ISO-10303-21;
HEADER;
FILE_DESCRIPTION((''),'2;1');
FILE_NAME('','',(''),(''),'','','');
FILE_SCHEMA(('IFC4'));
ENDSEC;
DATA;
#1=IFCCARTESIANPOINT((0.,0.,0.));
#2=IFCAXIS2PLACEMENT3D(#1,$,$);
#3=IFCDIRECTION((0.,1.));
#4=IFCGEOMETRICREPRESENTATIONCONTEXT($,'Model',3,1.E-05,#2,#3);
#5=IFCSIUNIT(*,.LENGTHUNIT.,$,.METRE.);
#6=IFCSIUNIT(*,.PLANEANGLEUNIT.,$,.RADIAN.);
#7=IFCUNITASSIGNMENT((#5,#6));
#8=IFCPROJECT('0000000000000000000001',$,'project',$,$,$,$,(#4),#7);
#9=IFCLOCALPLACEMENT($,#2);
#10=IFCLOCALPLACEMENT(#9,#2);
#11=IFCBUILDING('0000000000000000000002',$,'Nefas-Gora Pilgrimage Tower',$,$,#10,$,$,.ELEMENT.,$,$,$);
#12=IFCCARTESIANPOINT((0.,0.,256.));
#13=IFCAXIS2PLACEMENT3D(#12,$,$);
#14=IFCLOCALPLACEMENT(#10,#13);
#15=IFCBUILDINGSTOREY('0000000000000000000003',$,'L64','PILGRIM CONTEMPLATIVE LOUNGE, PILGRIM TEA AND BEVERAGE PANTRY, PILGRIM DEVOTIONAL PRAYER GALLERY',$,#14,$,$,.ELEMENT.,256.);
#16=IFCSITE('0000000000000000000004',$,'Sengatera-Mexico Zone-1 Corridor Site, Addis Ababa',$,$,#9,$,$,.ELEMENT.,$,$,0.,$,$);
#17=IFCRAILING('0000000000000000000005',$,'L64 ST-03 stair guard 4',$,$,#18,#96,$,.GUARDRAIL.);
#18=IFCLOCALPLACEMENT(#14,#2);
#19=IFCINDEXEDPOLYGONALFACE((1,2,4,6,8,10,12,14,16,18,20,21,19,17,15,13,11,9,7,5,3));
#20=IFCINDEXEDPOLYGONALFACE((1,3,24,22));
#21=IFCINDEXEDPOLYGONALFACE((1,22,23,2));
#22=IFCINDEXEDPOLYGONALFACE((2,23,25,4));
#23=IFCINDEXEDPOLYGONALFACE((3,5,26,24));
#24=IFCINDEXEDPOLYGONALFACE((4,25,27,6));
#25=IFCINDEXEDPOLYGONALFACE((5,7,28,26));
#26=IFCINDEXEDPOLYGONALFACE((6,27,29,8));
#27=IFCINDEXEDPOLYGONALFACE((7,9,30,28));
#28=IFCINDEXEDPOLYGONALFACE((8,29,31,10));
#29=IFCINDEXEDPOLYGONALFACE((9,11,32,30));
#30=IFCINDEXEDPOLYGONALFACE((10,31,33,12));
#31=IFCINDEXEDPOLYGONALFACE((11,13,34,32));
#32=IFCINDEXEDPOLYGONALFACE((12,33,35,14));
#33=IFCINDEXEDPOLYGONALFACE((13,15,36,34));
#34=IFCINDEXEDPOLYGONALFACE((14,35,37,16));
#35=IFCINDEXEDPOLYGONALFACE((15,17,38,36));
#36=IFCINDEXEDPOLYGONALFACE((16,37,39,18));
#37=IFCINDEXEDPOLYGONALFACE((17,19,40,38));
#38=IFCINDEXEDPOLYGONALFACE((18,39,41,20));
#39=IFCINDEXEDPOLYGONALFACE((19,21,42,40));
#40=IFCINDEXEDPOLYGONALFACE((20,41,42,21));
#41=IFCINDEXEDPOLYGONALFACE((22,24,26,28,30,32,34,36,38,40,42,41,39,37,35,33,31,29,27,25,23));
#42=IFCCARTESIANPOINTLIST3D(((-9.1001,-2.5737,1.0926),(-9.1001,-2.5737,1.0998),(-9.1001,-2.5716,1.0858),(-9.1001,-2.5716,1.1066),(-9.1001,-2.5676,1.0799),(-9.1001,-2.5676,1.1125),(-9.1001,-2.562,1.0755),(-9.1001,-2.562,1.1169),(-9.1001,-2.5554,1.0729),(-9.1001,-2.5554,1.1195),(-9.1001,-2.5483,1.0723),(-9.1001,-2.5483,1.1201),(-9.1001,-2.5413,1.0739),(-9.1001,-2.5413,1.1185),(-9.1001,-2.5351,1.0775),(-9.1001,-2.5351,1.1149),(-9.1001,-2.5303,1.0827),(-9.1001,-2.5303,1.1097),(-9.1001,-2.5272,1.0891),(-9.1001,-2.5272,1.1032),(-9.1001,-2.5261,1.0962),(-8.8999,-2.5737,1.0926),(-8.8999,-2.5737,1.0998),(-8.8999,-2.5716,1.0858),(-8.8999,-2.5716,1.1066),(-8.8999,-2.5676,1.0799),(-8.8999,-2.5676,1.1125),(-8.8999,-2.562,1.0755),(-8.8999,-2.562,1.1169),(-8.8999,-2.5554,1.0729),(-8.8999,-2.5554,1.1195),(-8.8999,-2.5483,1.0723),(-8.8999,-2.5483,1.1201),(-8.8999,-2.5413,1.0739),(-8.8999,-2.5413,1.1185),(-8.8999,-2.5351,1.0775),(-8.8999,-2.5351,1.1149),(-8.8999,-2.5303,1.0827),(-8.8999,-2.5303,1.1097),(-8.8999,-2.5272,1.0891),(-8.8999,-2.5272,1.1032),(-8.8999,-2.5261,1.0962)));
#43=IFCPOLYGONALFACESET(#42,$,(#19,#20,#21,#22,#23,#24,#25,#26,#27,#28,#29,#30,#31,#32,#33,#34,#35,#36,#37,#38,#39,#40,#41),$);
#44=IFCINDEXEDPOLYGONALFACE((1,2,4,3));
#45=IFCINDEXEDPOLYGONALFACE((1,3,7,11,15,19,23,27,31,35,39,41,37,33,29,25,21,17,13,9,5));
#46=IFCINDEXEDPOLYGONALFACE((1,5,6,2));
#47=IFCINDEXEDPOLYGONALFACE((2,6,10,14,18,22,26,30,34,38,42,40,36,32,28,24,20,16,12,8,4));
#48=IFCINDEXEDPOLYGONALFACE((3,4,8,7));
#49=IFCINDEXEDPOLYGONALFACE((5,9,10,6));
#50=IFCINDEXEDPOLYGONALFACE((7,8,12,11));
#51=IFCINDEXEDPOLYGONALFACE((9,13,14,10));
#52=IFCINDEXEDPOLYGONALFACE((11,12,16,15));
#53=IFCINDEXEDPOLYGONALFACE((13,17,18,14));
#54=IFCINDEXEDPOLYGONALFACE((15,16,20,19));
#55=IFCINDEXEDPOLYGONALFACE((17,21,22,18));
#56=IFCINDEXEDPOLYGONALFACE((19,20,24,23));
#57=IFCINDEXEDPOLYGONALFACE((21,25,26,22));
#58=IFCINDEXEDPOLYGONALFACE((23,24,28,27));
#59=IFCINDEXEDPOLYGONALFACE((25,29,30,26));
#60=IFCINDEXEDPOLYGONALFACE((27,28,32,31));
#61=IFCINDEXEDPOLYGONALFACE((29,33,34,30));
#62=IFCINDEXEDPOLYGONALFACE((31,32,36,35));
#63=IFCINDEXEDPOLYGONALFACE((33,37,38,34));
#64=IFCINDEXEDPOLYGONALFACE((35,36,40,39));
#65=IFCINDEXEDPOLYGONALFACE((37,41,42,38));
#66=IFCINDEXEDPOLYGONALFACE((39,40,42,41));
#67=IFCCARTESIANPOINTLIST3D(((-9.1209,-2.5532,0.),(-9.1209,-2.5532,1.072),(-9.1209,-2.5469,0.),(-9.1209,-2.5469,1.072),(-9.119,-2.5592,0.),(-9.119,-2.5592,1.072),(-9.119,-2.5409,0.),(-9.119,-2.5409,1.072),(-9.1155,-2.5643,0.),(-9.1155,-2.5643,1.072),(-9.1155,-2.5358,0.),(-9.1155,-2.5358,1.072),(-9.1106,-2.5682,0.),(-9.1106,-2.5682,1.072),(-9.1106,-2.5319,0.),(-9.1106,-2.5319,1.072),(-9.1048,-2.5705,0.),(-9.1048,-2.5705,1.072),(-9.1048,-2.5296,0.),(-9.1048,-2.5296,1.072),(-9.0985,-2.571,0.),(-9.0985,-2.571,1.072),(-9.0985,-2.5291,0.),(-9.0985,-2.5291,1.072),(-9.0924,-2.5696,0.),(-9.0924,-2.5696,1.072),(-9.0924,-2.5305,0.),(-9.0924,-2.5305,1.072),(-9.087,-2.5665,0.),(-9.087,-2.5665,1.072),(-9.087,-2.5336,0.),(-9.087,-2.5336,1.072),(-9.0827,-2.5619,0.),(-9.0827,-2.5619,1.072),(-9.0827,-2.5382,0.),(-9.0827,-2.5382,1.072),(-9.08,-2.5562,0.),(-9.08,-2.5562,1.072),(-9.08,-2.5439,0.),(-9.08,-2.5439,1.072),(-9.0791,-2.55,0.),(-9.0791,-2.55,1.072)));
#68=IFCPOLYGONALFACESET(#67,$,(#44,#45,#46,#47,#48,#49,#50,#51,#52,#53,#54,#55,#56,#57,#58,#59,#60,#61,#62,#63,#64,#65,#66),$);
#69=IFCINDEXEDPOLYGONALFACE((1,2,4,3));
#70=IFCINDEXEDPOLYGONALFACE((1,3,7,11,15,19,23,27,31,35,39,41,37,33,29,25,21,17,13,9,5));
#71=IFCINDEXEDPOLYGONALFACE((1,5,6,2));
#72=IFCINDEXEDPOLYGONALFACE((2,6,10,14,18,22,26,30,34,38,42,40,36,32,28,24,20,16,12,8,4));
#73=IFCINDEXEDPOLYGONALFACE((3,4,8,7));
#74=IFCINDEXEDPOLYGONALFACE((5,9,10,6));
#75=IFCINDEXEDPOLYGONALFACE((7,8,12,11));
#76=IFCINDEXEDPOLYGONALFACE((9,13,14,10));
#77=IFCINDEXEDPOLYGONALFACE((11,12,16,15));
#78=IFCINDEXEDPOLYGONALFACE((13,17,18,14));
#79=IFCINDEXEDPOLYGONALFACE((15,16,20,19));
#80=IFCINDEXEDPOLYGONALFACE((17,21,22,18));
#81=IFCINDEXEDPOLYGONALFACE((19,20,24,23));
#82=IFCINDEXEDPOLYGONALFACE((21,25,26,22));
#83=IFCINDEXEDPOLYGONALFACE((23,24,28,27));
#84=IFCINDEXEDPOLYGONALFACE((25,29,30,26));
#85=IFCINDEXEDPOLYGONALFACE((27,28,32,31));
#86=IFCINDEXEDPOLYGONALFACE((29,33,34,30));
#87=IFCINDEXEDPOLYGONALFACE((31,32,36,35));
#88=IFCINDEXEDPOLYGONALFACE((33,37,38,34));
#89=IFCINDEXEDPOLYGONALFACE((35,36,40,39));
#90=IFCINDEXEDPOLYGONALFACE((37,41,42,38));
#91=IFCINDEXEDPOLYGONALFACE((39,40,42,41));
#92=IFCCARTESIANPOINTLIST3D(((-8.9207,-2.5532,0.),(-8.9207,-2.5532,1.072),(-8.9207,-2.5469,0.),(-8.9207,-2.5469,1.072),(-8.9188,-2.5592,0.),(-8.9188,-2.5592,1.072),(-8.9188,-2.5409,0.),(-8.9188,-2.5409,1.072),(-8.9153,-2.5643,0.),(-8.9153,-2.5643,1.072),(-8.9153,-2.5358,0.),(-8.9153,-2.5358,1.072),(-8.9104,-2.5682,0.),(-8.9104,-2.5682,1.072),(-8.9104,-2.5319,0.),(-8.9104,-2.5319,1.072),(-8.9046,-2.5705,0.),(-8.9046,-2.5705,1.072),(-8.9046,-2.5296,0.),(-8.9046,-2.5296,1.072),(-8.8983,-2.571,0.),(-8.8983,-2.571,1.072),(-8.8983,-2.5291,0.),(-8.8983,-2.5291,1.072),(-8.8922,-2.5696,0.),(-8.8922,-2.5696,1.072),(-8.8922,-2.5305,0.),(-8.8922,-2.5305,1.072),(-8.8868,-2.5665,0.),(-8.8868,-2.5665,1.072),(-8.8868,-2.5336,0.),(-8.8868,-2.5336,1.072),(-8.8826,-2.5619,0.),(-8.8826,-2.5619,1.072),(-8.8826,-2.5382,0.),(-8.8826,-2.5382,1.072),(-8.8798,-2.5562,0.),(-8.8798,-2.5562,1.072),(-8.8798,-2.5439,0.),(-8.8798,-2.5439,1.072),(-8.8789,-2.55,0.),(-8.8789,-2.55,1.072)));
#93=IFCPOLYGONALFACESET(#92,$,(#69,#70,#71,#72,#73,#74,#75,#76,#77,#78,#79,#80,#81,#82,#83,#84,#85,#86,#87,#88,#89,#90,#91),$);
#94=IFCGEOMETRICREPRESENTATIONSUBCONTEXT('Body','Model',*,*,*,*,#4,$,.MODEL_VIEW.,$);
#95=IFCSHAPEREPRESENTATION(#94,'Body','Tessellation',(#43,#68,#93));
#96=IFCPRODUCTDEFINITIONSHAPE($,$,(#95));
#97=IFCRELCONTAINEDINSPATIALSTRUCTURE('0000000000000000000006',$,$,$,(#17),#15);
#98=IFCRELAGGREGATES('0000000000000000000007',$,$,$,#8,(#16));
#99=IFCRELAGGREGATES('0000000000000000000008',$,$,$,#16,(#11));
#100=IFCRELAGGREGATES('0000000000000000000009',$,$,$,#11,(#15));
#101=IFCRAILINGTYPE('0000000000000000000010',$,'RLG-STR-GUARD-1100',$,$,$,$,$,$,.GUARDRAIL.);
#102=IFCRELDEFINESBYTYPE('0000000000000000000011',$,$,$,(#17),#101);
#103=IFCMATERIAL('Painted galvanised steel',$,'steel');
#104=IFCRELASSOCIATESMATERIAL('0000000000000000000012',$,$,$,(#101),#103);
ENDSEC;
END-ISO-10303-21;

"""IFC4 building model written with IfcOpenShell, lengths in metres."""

from ifc_helpers import new_model, si_unit, direction, frame, origin, origin_2d, place, context, subcontext, project, spatial, circle, extrude, material, type_object, element, save


model = new_model("IFC4")

# Units and contexts
model_context = context("Model", 3, precision=1e-05, world=origin(), true_north=direction((0.0, 1.0)))
body_context = subcontext(model_context, "Body", "Model", "MODEL_VIEW")
ifc_project = project(units=[si_unit("LENGTHUNIT", "METRE"), si_unit("PLANEANGLEUNIT", "RADIAN")], contexts=[model_context])

# Site, building, storey
site_placement = place(None, origin())
site = spatial("IfcSite", under=ifc_project, at=site_placement, Name="Sengatera-Mexico Zone-1 Corridor Site, Addis Ababa", CompositionType="ELEMENT", RefElevation=0.0)
building_placement = place(site_placement, origin())
building = spatial("IfcBuilding", under=site, at=building_placement, Name="Nefas-Gora Pilgrimage Tower", CompositionType="ELEMENT")
storey_placement = place(building_placement, frame((0.0, 0.0, 256.0)))
storey = spatial("IfcBuildingStorey", under=building, at=storey_placement, Name="L64", Description="PILGRIM CONTEMPLATIVE LOUNGE, PILGRIM TEA AND BEVERAGE PANTRY, PILGRIM DEVOTIONAL PRAYER GALLERY", CompositionType="ELEMENT", Elevation=256.0)

# Railing
ifc_material_1 = material(Name="Painted galvanised steel", Category="steel")
railing_type_1 = type_object("IfcRailingType", Name="RLG-STR-GUARD-1100", PredefinedType="GUARDRAIL", material=ifc_material_1)
railing_1_placement = place(storey_placement, frame((-9.1001, -2.55, 0.0)))
element("IfcRailing", 1, at=railing_1_placement, inside=storey, type_object=railing_type_1, Name="L64 ST-03 stair guard 4", PredefinedType="GUARDRAIL", context=body_context, shape_type="SweptSolid", body=[
    extrude(circle(Radius=0.0239, at=origin_2d()), frame((0.0, 0.0, 1.0962), z_axis=(1.0, 0.0, 0.0), x_axis=(0.0, 1.0, 0.0)), (0.0, 0.0, 1.0), 0.2002),
    extrude(circle(Radius=0.021, at=origin_2d()), origin(), (0.0, 0.0, 1.0), 1.072),
    extrude(circle(Radius=0.021, at=origin_2d()), frame((0.2002, 0.0, 0.0)), (0.0, 0.0, 1.0), 1.072),
])

save(model, "model.ifc")
